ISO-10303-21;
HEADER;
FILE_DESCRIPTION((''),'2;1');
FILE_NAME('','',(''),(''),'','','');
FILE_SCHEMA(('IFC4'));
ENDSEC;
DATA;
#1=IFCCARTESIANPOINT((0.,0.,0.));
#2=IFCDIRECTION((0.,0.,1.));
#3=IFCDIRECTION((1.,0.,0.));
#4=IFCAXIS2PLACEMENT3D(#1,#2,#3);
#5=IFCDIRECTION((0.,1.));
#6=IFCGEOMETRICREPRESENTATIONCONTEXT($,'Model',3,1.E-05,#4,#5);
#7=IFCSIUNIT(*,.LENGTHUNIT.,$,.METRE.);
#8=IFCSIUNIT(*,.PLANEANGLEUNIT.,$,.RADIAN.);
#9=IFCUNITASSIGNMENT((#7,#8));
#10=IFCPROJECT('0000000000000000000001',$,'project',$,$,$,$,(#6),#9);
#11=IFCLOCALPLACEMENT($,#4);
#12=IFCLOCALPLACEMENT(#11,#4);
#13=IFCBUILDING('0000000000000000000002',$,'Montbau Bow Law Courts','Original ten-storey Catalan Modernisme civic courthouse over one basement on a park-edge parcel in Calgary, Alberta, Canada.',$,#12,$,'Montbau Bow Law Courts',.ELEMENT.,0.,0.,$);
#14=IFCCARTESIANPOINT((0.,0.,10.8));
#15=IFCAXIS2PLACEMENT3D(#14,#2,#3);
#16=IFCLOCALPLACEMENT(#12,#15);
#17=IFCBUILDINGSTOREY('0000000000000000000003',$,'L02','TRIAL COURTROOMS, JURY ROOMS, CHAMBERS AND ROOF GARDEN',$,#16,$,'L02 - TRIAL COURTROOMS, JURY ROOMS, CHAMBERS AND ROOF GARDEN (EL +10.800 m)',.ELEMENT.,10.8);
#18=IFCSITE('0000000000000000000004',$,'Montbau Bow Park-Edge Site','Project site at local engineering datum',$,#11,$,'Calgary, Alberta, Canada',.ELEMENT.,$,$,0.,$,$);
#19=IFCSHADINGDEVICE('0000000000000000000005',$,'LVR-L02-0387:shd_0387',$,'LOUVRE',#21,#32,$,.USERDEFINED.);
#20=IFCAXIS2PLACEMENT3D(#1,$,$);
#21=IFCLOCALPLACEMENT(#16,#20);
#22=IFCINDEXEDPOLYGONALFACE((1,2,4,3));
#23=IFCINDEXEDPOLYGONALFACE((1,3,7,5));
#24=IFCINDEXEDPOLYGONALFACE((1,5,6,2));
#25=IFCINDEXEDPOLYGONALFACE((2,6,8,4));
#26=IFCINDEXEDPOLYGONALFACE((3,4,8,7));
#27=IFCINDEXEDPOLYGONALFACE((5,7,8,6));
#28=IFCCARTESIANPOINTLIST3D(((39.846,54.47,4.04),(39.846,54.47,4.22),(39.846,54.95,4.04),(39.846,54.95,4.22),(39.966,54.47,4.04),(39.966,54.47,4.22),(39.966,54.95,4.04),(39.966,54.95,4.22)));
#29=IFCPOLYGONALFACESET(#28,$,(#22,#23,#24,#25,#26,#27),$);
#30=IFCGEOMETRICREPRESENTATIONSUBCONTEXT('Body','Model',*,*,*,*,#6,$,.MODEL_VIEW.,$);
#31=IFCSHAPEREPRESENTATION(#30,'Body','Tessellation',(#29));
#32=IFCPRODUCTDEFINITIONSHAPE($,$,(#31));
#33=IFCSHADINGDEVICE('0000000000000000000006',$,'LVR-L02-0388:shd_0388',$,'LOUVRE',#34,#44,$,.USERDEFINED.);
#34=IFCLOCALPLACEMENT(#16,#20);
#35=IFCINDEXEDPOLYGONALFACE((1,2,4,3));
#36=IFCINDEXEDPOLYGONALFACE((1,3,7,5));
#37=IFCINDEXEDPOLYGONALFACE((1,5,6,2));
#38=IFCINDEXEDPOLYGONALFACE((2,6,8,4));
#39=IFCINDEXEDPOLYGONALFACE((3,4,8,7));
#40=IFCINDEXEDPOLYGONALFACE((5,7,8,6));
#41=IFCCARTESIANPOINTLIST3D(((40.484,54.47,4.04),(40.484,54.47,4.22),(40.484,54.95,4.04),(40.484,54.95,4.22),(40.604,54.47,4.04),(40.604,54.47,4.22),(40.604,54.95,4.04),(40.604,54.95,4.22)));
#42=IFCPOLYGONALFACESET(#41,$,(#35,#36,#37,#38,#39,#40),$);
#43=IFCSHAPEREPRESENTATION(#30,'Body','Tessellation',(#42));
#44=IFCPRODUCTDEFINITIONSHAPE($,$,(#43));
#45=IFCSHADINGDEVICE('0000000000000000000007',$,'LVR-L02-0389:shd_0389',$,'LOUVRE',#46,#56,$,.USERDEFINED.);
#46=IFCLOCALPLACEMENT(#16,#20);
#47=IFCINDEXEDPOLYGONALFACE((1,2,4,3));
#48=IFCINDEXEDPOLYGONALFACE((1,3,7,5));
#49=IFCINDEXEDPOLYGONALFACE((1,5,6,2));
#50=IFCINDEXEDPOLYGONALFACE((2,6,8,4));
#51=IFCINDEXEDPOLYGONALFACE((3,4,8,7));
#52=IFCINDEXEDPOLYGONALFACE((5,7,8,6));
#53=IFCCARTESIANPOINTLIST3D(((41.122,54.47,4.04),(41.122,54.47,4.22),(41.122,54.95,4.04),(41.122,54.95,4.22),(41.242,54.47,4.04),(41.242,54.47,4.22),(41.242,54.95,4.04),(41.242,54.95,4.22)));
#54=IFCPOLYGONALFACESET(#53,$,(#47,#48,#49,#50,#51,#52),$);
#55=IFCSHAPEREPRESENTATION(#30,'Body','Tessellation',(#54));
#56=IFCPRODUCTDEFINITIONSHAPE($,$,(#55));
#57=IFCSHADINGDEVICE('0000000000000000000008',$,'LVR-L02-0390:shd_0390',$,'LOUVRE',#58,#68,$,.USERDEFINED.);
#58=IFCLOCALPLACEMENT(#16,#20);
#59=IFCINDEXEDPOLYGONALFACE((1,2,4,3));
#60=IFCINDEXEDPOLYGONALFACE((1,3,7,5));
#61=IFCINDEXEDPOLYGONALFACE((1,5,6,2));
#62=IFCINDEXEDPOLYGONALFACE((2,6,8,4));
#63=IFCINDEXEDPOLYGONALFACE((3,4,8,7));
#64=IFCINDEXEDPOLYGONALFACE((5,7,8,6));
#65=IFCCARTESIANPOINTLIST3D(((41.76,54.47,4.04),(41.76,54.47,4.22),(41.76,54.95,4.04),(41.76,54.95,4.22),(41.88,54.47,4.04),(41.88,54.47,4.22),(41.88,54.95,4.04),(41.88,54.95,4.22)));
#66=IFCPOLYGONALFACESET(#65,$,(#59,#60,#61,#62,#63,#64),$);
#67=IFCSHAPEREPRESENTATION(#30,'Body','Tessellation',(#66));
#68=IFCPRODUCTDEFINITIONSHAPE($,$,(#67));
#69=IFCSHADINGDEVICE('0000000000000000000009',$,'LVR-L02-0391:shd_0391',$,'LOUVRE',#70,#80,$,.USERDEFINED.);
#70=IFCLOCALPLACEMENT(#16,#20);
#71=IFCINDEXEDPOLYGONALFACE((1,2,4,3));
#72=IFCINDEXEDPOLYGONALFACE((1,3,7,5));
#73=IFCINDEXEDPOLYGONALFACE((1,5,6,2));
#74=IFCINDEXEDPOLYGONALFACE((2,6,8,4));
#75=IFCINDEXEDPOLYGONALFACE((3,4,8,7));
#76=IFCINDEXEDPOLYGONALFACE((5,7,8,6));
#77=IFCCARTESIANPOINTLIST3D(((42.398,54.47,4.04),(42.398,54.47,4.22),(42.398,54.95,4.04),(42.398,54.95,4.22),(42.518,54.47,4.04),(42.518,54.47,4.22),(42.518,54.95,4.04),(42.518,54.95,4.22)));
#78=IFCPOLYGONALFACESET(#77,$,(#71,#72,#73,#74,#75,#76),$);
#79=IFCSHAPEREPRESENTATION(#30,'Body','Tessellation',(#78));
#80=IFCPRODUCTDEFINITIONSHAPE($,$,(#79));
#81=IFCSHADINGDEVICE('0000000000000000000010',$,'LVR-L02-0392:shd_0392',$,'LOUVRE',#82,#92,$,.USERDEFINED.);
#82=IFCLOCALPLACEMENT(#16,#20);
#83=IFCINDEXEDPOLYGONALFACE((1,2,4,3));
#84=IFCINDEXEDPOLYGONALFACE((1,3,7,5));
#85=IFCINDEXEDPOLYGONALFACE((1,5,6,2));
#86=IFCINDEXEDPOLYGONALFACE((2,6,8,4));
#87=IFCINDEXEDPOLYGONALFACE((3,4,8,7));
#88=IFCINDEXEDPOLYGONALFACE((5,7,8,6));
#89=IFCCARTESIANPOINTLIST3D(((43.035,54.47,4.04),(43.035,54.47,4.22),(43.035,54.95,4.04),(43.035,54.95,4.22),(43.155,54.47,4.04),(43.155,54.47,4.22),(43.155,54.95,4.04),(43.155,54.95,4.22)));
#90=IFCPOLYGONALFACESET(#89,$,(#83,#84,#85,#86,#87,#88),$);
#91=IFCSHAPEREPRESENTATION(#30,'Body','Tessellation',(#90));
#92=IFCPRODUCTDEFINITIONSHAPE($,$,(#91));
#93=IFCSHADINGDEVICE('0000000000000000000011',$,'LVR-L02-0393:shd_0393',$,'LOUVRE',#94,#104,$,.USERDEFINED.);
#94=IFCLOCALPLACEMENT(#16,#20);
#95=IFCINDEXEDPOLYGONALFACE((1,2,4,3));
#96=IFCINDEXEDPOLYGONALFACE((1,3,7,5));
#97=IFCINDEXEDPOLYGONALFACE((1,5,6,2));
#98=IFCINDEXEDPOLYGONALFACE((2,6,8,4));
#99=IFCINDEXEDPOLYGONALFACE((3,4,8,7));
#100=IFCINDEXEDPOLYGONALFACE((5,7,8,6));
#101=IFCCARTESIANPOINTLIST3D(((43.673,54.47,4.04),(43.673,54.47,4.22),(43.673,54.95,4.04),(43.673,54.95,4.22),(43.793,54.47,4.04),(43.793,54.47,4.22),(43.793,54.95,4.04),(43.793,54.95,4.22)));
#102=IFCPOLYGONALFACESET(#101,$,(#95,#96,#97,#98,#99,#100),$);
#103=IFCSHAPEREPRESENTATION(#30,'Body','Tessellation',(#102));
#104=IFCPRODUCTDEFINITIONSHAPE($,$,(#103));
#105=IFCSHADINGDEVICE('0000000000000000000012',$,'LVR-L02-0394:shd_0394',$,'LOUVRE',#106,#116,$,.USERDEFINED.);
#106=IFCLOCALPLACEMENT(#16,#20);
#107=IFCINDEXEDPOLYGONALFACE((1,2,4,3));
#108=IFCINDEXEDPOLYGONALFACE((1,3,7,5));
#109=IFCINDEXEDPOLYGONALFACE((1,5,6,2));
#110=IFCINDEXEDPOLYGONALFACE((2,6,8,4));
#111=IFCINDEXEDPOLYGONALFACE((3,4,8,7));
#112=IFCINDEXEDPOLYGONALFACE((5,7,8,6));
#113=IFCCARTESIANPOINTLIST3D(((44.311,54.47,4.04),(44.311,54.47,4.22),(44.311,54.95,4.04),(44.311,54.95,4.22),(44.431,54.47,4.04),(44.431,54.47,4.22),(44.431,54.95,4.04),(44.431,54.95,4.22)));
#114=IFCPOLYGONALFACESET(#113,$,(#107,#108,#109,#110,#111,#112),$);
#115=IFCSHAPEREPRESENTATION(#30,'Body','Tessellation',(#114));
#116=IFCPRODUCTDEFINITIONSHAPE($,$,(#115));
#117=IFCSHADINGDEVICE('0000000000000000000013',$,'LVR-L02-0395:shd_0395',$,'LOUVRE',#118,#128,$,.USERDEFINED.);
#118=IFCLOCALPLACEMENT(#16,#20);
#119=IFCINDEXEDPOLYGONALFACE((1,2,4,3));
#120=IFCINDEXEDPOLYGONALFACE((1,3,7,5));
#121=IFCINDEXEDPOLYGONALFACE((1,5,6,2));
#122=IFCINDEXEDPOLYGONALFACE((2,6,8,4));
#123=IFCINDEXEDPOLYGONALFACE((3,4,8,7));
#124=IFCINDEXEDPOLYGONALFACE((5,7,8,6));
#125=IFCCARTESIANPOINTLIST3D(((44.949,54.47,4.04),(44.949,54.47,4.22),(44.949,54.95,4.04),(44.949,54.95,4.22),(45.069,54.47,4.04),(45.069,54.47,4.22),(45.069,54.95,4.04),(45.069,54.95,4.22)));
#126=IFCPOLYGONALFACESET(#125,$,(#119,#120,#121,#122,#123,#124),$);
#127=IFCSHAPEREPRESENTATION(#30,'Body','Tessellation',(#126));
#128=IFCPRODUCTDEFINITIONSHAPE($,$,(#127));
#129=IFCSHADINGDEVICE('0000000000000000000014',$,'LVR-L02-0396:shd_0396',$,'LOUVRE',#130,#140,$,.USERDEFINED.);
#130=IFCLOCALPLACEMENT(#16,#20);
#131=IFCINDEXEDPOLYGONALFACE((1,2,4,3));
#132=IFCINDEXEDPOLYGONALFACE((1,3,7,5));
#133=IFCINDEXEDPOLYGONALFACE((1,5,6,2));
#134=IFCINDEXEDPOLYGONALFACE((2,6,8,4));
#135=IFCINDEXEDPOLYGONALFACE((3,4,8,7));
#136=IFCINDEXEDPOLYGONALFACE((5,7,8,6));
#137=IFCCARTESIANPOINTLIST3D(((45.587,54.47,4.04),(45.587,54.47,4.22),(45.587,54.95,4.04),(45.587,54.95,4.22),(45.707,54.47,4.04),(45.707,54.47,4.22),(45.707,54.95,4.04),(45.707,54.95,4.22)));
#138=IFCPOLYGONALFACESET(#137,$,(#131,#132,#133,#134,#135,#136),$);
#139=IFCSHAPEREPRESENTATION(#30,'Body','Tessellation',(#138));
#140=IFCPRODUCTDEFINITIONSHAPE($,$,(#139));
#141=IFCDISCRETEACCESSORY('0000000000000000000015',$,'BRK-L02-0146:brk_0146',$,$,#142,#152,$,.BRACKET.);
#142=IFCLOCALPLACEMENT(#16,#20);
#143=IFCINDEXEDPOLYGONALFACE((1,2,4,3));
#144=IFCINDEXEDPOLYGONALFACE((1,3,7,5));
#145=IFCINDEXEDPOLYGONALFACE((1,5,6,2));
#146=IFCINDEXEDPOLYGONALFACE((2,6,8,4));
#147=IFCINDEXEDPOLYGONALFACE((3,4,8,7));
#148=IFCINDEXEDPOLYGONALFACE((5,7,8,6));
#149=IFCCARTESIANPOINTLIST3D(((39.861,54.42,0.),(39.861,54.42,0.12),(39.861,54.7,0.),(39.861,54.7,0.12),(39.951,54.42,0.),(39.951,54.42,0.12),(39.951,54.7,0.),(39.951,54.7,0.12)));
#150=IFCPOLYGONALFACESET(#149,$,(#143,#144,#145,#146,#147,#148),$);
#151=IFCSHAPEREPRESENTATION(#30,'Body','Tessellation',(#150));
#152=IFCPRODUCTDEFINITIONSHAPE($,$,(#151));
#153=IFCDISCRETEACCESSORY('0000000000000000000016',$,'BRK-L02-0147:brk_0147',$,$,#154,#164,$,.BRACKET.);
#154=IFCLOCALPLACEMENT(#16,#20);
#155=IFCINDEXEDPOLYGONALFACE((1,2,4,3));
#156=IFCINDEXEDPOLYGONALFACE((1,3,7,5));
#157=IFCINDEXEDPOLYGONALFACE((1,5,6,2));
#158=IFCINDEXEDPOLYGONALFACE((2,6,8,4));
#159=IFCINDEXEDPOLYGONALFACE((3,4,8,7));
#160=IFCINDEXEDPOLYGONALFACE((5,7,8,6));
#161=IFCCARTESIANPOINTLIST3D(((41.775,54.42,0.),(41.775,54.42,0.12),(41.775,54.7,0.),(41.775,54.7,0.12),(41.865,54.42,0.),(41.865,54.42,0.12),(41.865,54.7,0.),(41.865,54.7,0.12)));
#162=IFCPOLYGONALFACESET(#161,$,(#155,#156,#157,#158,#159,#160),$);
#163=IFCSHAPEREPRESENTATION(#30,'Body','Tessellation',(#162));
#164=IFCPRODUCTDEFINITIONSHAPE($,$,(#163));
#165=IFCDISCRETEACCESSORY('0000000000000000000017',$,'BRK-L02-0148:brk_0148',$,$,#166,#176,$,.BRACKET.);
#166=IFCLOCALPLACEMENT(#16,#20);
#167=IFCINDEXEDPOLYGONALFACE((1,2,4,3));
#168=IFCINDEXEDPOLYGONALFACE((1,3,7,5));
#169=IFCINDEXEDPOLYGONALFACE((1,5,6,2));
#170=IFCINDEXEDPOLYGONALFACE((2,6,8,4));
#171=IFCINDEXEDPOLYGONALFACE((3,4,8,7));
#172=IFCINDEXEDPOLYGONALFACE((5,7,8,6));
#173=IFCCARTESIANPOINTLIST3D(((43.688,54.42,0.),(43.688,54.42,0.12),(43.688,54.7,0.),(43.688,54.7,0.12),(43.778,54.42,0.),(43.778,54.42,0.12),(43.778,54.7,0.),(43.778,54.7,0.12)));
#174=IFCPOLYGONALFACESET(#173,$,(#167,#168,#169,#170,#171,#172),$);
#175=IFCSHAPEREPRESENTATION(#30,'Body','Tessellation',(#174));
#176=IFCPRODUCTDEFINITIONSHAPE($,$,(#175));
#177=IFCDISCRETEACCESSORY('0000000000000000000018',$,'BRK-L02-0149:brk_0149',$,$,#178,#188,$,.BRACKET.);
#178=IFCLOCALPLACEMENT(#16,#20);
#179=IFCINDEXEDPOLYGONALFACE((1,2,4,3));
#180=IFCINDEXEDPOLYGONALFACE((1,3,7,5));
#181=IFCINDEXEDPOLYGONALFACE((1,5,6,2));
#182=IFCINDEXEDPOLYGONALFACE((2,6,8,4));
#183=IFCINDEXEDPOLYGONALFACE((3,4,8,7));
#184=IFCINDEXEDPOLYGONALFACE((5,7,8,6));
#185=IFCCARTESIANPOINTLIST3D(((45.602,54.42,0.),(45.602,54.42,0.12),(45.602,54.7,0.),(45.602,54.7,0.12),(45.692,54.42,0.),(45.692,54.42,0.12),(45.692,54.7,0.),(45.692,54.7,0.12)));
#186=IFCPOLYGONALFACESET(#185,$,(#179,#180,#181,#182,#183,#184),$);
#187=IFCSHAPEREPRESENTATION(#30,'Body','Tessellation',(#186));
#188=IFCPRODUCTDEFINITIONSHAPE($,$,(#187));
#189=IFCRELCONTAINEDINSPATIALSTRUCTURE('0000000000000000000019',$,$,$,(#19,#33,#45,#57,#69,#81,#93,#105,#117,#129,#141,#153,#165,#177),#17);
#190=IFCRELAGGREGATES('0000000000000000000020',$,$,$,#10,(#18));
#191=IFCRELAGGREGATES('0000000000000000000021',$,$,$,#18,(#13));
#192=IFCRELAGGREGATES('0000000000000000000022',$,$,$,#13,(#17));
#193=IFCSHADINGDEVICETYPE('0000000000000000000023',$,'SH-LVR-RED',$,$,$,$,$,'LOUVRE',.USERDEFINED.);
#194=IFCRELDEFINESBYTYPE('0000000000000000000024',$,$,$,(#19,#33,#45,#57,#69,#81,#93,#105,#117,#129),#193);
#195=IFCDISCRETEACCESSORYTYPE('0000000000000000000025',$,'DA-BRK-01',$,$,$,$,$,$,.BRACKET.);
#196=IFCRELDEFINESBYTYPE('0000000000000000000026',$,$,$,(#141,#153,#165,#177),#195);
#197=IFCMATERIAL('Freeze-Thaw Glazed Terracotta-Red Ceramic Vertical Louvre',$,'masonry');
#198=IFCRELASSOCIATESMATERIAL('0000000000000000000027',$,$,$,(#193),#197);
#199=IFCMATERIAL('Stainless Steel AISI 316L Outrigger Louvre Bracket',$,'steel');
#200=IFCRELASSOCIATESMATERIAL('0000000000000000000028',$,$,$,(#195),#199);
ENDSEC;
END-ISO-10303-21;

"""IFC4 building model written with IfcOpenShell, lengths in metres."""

from ifc_helpers import new_model, si_unit, direction, frame, origin_with_axes, origin_2d_with_axis, place, context, subcontext, project, spatial, rectangle, extrude, material, type_object, element, save


model = new_model("IFC4")

# Units and contexts
model_context = context("Model", 3, precision=1e-05, world=origin_with_axes(), true_north=direction((0.0, 1.0)))
body_context = subcontext(model_context, "Body", "Model", "MODEL_VIEW")
ifc_project = project(units=[si_unit("LENGTHUNIT", "METRE"), si_unit("PLANEANGLEUNIT", "RADIAN")], contexts=[model_context])

# Site, building, storey
site_placement = place(None, origin_with_axes())
site = spatial("IfcSite", under=ifc_project, at=site_placement, Name="Montbau Bow Park-Edge Site", Description="Project site at local engineering datum", LongName="Calgary, Alberta, Canada", CompositionType="ELEMENT", RefElevation=0.0)
building_placement = place(site_placement, origin_with_axes())
building = spatial("IfcBuilding", under=site, at=building_placement, Name="Montbau Bow Law Courts", Description="Original ten-storey Catalan Modernisme civic courthouse over one basement on a park-edge parcel in Calgary, Alberta, Canada.", LongName="Montbau Bow Law Courts", CompositionType="ELEMENT", ElevationOfRefHeight=0.0, ElevationOfTerrain=0.0)
storey_placement = place(building_placement, frame((0.0, 0.0, 10.8), z_axis=(0.0, 0.0, 1.0), x_axis=(1.0, 0.0, 0.0)))
storey = spatial("IfcBuildingStorey", under=building, at=storey_placement, Name="L02", Description="TRIAL COURTROOMS, JURY ROOMS, CHAMBERS AND ROOF GARDEN", LongName="L02 - TRIAL COURTROOMS, JURY ROOMS, CHAMBERS AND ROOF GARDEN (EL +10.800 m)", CompositionType="ELEMENT", Elevation=10.8)

# Shared definitions
ifc_material_1 = material(Name="Freeze-Thaw Glazed Terracotta-Red Ceramic Vertical Louvre", Category="masonry")

# Shading devices
shading_device_type_1 = type_object("IfcShadingDeviceType", Name="SH-LVR-RED", ElementType="LOUVRE", PredefinedType="USERDEFINED", material=ifc_material_1)
for number, where, z_axis, x_axis, name in (
    (1, (39.906, 54.71, 14.84), (0.0, 0.0, 1.0), (0.0, 1.0, 0.0), "LVR-L02-0387:shd_0387"),
    (2, (40.544, 54.71, 14.84), (0.0, 0.0, 1.0), (0.0, 1.0, 0.0), "LVR-L02-0388:shd_0388"),
    (3, (41.182, 54.71, 14.84), (0.0, 0.0, 1.0), (0.0, 1.0, 0.0), "LVR-L02-0389:shd_0389"),
    (4, (41.82, 54.71, 14.84), (0.0, 0.0, 1.0), (0.0, 1.0, 0.0), "LVR-L02-0390:shd_0390"),
    (5, (42.458, 54.71, 14.84), (0.0, 0.0, 1.0), (0.0, 1.0, 0.0), "LVR-L02-0391:shd_0391"),
    (6, (43.095, 54.71, 14.84), (0.0, 0.0, 1.0), (0.0, 1.0, 0.0), "LVR-L02-0392:shd_0392"),
    (7, (43.733, 54.71, 14.84), (0.0, 0.0, 1.0), (0.0, 1.0, 0.0), "LVR-L02-0393:shd_0393"),
    (8, (44.371, 54.71, 14.84), (0.0, 0.0, 1.0), (0.0, 1.0, 0.0), "LVR-L02-0394:shd_0394"),
    (9, (45.009, 54.71, 14.84), (0.0, 0.0, 1.0), (0.0, 1.0, 0.0), "LVR-L02-0395:shd_0395"),
    (10, (45.647, 54.71, 14.84), (0.0, 0.0, 1.0), (0.0, 1.0, 0.0), "LVR-L02-0396:shd_0396"),
):
    element("IfcShadingDevice", number, at=place(None, frame(where, z_axis=z_axis, x_axis=x_axis)), inside=storey, type_object=shading_device_type_1, Name=name, ObjectType="LOUVRE", PredefinedType="USERDEFINED", context=body_context, shape_type="SweptSolid", body=[
        extrude(rectangle(XDim=0.48, YDim=0.12, at=origin_2d_with_axis()), origin_with_axes(), (0.0, 0.0, 1.0), 0.18),
    ])

# Discrete accessories
ifc_material_2 = material(Name="Stainless Steel AISI 316L Outrigger Louvre Bracket", Category="steel")
discrete_accessory_type = type_object("IfcDiscreteAccessoryType", Name="DA-BRK-01", PredefinedType="BRACKET", material=ifc_material_2)
for number, where, z_axis, x_axis, name in (
    (11, (39.906, 54.56, 10.8), (0.0, 0.0, 1.0), (0.0, 1.0, 0.0), "BRK-L02-0146:brk_0146"),
    (12, (41.82, 54.56, 10.8), (0.0, 0.0, 1.0), (0.0, 1.0, 0.0), "BRK-L02-0147:brk_0147"),
    (13, (43.733, 54.56, 10.8), (0.0, 0.0, 1.0), (0.0, 1.0, 0.0), "BRK-L02-0148:brk_0148"),
    (14, (45.647, 54.56, 10.8), (0.0, 0.0, 1.0), (0.0, 1.0, 0.0), "BRK-L02-0149:brk_0149"),
):
    element("IfcDiscreteAccessory", number, at=place(None, frame(where, z_axis=z_axis, x_axis=x_axis)), inside=storey, type_object=discrete_accessory_type, Name=name, PredefinedType="BRACKET", context=body_context, shape_type="SweptSolid", body=[
        extrude(rectangle(XDim=0.28, YDim=0.09, at=origin_2d_with_axis()), origin_with_axes(), (0.0, 0.0, 1.0), 0.12),
    ])

save(model, "model.ifc")
